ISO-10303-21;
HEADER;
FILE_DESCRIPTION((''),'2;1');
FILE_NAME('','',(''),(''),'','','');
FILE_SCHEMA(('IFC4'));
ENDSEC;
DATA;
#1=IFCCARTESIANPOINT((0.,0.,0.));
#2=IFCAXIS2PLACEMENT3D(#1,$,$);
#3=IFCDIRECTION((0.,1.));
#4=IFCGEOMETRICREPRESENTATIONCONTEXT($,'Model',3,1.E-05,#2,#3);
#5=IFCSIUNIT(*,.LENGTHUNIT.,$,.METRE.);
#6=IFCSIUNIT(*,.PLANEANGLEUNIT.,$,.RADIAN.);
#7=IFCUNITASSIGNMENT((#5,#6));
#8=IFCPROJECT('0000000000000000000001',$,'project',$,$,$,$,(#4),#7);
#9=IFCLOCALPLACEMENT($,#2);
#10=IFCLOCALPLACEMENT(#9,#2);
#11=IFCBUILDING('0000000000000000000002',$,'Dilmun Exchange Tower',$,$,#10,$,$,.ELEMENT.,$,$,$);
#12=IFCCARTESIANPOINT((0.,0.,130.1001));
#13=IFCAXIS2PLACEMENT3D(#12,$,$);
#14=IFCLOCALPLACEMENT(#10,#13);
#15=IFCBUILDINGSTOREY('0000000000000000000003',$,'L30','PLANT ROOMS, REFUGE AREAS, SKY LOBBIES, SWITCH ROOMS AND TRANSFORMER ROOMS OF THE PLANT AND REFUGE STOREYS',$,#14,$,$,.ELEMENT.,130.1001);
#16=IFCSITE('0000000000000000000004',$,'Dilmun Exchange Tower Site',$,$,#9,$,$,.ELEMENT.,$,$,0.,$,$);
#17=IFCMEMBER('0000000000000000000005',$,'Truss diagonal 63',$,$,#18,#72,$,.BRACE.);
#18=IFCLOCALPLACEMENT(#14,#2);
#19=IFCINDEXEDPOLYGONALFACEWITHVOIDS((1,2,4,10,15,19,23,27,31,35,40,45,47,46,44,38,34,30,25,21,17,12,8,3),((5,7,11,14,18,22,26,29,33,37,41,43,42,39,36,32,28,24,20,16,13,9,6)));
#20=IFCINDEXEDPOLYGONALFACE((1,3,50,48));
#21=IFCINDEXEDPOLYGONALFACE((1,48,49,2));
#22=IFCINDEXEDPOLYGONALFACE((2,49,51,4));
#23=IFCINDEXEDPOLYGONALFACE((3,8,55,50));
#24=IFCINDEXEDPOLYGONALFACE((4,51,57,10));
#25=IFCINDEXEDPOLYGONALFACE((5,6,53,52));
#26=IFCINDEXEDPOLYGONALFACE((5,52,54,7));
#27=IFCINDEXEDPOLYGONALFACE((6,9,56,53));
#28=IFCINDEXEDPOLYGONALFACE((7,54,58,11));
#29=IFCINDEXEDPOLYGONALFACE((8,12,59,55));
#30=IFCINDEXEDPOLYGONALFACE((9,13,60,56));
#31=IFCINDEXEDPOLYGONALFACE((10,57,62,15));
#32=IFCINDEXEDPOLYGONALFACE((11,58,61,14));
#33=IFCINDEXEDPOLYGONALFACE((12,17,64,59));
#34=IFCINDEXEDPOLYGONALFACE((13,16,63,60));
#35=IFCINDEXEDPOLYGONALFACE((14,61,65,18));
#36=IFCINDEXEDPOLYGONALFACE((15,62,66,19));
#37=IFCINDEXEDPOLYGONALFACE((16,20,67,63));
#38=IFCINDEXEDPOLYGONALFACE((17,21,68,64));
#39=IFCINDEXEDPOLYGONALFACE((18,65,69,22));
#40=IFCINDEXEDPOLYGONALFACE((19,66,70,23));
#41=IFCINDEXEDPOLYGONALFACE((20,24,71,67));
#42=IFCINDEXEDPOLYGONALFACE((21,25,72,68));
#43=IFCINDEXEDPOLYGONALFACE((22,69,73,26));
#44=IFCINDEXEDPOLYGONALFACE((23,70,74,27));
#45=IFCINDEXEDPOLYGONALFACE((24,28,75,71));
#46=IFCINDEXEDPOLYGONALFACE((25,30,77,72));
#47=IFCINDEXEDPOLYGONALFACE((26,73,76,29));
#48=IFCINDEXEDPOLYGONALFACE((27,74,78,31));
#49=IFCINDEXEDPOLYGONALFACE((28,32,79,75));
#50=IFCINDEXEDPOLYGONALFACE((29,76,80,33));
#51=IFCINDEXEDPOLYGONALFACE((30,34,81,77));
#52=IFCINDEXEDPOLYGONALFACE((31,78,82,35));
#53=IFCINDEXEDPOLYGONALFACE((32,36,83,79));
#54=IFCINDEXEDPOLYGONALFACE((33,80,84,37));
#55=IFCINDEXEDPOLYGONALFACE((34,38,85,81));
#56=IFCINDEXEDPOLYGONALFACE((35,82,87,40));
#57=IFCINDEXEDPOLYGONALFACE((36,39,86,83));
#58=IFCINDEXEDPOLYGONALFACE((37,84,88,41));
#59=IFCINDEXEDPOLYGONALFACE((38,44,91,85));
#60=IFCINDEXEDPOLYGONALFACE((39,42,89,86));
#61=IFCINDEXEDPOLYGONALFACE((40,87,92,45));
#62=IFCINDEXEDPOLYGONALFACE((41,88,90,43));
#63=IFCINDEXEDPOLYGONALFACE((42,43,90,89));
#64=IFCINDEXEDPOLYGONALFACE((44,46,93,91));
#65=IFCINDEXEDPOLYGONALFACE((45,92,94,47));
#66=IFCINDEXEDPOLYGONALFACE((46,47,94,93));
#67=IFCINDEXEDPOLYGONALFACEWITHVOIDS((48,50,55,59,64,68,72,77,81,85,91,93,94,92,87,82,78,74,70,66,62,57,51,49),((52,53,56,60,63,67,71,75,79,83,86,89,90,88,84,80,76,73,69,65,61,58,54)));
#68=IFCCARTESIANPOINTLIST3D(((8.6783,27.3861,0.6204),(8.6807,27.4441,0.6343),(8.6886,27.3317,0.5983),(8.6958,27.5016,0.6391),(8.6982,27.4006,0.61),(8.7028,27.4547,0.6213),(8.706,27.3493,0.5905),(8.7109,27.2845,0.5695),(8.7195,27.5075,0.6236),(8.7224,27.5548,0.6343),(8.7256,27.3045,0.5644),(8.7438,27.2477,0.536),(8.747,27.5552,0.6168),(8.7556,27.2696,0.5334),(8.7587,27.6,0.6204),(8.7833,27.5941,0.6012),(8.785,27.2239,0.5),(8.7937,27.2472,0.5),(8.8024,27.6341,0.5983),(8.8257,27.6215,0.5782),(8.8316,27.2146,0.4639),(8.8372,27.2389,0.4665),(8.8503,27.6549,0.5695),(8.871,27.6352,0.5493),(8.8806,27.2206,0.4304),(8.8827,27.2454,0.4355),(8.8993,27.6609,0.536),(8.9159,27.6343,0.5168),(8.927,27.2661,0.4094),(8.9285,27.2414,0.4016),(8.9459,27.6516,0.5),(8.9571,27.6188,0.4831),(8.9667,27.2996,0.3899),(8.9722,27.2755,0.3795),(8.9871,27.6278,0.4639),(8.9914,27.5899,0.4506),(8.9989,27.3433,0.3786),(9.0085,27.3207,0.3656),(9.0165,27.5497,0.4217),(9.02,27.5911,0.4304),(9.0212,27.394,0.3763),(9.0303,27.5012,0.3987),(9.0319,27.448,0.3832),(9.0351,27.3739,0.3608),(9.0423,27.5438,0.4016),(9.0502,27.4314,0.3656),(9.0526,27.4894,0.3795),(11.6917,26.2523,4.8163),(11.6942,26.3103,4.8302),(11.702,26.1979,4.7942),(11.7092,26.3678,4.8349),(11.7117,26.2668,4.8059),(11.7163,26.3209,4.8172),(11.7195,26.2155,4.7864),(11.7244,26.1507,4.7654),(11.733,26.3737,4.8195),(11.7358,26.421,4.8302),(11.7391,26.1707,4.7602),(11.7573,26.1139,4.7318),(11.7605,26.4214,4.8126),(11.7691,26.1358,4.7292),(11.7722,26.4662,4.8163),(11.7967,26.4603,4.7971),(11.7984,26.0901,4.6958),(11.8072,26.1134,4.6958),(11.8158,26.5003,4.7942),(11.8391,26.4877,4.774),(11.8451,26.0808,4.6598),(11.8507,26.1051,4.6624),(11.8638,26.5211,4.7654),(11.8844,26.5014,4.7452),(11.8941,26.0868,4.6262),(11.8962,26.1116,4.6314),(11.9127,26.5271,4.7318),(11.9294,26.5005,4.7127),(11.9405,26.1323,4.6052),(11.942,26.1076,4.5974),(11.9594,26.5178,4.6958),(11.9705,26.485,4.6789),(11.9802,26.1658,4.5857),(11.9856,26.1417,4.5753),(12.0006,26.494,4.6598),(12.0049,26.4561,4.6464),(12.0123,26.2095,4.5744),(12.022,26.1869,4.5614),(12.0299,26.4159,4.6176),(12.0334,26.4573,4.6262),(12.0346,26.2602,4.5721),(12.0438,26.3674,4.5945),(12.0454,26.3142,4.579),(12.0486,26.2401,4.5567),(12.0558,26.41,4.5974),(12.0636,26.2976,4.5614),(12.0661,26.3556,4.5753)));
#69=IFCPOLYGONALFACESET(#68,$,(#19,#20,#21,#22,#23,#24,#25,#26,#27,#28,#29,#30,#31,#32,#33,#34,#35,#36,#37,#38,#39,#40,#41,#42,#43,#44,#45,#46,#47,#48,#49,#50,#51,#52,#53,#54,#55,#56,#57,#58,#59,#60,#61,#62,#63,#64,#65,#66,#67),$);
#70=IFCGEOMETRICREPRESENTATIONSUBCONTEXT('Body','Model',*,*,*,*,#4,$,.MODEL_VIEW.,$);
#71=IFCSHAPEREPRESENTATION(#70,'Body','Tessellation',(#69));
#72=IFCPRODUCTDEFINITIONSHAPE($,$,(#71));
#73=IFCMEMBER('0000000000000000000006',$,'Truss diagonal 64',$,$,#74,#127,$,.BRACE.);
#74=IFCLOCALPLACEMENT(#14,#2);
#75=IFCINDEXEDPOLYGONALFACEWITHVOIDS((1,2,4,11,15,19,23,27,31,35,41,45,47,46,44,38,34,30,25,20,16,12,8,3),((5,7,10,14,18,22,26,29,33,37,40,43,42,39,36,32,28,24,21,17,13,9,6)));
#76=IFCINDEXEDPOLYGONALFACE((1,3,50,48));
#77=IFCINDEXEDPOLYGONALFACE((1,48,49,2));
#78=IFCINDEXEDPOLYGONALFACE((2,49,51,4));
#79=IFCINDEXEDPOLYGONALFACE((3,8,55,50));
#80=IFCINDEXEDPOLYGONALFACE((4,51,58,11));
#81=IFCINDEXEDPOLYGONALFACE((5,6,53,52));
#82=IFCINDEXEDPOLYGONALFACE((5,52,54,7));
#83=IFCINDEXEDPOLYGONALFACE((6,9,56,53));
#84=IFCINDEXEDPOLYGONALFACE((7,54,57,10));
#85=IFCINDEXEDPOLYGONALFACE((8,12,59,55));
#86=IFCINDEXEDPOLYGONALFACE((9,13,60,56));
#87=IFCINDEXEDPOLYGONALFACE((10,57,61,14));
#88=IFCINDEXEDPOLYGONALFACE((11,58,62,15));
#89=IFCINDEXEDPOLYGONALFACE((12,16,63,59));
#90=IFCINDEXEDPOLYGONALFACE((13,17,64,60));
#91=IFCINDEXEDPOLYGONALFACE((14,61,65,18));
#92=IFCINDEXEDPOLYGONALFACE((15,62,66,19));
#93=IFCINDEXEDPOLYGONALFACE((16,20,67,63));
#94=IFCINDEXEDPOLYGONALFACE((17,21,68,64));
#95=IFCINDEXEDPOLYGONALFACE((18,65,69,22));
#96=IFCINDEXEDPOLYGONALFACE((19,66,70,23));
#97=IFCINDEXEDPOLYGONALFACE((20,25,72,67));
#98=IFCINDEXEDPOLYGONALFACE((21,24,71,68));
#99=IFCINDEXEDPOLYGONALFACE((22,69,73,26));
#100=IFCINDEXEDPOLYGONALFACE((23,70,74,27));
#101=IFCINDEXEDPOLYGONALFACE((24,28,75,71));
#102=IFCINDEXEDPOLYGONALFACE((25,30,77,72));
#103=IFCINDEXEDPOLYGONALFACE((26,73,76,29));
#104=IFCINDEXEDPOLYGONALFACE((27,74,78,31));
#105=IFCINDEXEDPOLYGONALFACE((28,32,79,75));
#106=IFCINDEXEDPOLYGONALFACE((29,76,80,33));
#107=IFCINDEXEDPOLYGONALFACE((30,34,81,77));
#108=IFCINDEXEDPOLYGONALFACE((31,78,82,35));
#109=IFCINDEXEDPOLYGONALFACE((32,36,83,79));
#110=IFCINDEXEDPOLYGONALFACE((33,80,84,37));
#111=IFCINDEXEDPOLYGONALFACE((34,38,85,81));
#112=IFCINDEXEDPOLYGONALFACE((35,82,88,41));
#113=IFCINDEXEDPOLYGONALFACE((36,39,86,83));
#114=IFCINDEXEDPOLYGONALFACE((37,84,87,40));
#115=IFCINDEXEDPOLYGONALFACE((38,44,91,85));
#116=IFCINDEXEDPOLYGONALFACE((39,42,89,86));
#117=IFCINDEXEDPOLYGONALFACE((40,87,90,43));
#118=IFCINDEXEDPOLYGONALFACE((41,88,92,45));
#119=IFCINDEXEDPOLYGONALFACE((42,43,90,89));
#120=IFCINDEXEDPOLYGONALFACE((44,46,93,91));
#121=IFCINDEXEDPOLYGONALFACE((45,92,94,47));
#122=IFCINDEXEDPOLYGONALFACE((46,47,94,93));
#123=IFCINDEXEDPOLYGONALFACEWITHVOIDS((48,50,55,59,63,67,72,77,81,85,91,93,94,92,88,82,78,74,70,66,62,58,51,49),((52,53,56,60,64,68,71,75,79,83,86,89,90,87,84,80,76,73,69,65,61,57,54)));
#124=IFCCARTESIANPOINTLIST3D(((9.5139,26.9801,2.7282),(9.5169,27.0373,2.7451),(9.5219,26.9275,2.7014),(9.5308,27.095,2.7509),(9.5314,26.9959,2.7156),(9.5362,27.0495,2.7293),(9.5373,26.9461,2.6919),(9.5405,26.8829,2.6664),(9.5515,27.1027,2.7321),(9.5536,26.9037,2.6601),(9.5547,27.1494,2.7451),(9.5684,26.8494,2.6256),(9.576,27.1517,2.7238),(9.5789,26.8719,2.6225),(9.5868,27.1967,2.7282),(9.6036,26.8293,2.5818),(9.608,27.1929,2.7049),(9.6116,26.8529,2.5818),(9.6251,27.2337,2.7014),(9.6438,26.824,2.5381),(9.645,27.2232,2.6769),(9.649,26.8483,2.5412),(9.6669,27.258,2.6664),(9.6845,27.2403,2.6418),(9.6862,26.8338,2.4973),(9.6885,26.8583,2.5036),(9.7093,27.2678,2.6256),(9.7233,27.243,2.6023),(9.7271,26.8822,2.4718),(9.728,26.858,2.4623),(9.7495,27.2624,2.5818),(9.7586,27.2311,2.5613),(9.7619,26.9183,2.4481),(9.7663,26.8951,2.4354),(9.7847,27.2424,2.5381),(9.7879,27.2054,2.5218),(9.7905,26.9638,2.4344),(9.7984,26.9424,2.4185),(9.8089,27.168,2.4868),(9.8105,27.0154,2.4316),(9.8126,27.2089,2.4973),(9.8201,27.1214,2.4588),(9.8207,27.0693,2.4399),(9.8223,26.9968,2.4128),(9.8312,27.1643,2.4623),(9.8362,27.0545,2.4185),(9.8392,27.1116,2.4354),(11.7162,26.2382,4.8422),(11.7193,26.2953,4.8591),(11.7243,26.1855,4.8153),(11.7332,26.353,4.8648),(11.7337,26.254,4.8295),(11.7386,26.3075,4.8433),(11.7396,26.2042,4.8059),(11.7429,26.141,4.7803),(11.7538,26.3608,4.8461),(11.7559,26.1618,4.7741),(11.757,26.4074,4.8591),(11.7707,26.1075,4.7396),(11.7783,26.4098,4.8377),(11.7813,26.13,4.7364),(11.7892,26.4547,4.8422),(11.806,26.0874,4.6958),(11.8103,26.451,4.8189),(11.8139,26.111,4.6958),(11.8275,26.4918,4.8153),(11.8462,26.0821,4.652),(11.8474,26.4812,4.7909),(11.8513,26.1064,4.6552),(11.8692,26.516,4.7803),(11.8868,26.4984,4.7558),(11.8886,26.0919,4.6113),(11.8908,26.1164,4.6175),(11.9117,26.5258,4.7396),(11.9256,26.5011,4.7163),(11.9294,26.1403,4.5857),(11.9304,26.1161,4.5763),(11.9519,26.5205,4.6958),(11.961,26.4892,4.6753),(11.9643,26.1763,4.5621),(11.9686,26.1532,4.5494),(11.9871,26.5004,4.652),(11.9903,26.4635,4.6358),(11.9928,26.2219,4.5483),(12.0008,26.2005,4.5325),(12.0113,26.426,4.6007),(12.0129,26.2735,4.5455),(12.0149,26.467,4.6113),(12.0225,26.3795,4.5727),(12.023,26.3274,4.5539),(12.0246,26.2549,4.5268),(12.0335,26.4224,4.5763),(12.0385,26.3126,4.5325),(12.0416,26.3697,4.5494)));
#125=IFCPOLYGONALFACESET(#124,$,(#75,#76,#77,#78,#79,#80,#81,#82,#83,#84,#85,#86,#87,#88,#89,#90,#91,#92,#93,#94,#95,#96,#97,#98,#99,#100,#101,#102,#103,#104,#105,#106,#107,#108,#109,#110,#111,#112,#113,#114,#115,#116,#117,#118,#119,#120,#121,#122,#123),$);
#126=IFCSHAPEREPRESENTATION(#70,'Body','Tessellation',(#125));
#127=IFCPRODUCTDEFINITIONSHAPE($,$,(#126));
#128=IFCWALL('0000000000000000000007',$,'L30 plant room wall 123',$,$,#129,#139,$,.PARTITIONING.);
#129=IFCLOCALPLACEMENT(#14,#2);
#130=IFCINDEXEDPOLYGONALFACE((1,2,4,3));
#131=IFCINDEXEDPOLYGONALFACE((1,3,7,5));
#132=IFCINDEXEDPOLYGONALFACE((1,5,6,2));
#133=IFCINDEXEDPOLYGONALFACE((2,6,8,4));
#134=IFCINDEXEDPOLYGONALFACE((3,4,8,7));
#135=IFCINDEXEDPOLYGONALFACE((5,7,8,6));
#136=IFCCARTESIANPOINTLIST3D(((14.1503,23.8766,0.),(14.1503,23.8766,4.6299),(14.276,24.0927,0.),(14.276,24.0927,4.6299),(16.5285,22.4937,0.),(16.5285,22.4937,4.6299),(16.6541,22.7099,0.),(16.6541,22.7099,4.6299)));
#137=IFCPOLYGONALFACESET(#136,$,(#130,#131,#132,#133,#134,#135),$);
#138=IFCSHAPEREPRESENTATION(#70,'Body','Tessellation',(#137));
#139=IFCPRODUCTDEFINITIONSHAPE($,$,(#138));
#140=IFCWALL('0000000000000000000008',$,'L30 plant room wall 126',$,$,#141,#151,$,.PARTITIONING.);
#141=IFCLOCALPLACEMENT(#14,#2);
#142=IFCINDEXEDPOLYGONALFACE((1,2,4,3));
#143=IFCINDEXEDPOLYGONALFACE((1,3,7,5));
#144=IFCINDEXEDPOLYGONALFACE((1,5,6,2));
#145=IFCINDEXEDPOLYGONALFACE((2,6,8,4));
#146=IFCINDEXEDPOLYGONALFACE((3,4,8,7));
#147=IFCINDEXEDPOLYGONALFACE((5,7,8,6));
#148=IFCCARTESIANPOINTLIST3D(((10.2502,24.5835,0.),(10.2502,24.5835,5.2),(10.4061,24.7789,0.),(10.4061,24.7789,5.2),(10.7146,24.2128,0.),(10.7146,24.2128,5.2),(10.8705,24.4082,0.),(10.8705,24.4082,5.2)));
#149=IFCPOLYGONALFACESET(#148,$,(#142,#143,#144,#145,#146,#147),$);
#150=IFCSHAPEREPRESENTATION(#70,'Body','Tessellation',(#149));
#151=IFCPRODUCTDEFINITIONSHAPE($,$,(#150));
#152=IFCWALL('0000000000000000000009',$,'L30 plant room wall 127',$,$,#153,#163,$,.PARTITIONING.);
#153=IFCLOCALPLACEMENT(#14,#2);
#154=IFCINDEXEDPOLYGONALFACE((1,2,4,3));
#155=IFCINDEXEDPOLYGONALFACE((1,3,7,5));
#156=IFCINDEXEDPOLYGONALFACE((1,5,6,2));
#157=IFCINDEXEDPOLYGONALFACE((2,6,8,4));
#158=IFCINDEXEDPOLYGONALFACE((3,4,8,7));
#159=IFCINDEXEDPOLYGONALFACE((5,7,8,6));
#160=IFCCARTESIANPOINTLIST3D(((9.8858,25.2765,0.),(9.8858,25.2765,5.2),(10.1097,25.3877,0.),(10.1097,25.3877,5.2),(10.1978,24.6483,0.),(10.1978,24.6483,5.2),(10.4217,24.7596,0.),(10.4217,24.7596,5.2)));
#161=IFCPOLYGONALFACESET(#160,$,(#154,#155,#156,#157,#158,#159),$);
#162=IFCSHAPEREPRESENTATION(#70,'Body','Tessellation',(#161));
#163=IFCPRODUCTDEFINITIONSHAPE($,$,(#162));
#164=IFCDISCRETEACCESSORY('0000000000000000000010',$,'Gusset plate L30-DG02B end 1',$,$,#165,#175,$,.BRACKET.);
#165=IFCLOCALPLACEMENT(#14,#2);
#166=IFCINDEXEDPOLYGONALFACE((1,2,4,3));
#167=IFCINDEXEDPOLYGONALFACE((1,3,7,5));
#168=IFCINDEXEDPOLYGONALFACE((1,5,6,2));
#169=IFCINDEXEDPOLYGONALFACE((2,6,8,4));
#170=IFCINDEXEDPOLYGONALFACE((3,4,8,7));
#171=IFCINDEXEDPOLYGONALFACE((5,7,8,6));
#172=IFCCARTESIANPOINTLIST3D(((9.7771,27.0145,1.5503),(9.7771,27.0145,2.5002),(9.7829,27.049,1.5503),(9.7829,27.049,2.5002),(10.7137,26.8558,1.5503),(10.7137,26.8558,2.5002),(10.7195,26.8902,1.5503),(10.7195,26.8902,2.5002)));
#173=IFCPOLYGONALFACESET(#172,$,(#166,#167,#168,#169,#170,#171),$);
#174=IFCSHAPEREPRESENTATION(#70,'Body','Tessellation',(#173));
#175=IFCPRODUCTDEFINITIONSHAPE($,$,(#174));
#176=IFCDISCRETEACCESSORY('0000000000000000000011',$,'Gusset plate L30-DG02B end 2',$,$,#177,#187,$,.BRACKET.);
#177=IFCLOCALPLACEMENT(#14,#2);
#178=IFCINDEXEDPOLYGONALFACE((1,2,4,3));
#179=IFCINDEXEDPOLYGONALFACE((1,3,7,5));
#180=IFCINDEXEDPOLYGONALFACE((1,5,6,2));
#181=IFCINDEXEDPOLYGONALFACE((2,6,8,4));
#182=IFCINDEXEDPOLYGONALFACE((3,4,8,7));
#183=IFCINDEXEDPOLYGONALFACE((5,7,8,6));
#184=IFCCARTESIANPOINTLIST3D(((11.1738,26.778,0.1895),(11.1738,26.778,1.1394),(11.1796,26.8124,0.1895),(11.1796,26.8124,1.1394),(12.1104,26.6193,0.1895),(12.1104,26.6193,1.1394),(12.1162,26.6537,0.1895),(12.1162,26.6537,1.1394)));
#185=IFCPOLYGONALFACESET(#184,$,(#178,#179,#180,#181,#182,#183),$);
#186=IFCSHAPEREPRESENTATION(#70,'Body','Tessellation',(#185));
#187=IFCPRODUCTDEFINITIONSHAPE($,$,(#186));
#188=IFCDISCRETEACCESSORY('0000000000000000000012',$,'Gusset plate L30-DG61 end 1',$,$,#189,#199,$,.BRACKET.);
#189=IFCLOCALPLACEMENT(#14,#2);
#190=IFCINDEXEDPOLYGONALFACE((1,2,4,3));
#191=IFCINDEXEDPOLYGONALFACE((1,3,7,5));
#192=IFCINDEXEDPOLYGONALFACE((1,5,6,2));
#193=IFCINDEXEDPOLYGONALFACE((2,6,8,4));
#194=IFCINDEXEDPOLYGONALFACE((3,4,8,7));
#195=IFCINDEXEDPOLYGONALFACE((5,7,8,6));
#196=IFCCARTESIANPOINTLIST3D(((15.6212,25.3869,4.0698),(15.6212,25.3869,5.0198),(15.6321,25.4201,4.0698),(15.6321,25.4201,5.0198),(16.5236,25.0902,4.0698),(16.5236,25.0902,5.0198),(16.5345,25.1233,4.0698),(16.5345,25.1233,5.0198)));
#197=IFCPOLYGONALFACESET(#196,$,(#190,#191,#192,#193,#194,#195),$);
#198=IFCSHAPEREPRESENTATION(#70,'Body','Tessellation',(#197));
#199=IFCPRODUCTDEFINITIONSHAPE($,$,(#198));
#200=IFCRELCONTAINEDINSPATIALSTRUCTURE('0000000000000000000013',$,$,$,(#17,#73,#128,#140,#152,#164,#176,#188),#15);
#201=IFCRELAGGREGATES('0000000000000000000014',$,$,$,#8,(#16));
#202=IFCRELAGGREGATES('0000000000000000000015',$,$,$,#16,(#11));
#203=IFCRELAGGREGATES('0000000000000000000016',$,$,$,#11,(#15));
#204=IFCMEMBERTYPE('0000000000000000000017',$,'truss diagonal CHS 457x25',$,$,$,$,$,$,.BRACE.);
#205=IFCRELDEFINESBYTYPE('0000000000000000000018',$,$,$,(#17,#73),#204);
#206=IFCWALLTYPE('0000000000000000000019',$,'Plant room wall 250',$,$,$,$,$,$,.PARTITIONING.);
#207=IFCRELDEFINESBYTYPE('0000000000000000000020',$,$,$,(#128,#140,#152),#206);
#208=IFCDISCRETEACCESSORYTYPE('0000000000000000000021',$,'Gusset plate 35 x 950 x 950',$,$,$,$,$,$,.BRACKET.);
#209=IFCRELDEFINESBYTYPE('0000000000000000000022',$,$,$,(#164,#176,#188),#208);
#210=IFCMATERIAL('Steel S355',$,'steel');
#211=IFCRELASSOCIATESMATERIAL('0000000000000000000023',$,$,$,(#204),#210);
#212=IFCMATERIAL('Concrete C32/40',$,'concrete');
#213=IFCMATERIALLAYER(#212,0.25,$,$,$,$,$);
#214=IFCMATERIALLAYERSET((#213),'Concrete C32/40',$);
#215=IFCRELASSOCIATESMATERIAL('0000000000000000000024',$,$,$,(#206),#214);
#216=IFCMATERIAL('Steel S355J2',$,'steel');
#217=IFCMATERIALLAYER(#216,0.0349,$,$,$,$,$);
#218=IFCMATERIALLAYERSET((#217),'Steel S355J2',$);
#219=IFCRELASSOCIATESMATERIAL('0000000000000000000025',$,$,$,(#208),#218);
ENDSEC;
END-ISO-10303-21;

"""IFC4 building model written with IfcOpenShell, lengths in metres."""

from ifc_helpers import new_model, si_unit, direction, frame, frame_2d, origin, origin_2d, place, context, subcontext, project, spatial, rectangle, hollow_circle, extrude, material, layer, layer_set, material_profile, profile_set, type_object, element, save


model = new_model("IFC4")

# Units and contexts
model_context = context("Model", 3, precision=1e-05, world=origin(), true_north=direction((0.0, 1.0)))
body_context = subcontext(model_context, "Body", "Model", "MODEL_VIEW")
ifc_project = project(units=[si_unit("LENGTHUNIT", "METRE"), si_unit("PLANEANGLEUNIT", "RADIAN")], contexts=[model_context])

# Site, building, storey
site_placement = place(None, origin())
site = spatial("IfcSite", under=ifc_project, at=site_placement, Name="Dilmun Exchange Tower Site", CompositionType="ELEMENT", RefElevation=0.0)
building_placement = place(site_placement, origin())
building = spatial("IfcBuilding", under=site, at=building_placement, Name="Dilmun Exchange Tower", CompositionType="ELEMENT")
storey_placement = place(building_placement, frame((0.0, 0.0, 130.1001)))
storey = spatial("IfcBuildingStorey", under=building, at=storey_placement, Name="L30", Description="PLANT ROOMS, REFUGE AREAS, SKY LOBBIES, SWITCH ROOMS AND TRANSFORMER ROOMS OF THE PLANT AND REFUGE STOREYS", CompositionType="ELEMENT", Elevation=130.1001)

# Shared definitions
ifc_material_1 = material(Name="Steel S355", Category="steel")

# Members
ifc_material_profile_1 = material_profile(ifc_material_1, hollow_circle(Radius=0.2285, WallThickness=0.0249, at=origin_2d()), Name="CHS 457x25")
ifc_profile_set_1 = profile_set([ifc_material_profile_1], Name="Steel S355")
member_type = type_object("IfcMemberType", Name="truss diagonal CHS 457x25", PredefinedType="BRACE", material=ifc_profile_set_1)
member_1_placement = place(storey_placement, frame((11.8789, 26.304, 4.6958), z_axis=(-0.56978, 0.214377, -0.793343), x_axis=(-0.352145, -0.935945, 0.0)))
element("IfcMember", 1, at=member_1_placement, inside=storey, type_object=member_type, Name="Truss diagonal 63", PredefinedType="BRACE", context=body_context, shape_type="SweptSolid", body=[
    extrude(hollow_circle(Radius=0.2285, WallThickness=0.0249, at=origin_2d()), origin(), (0.0, 0.0, 1.0), 5.2888),
])
member_2_placement = place(storey_placement, frame((11.8789, 26.304, 4.6958), z_axis=(-0.701027, 0.236162, -0.672896), x_axis=(-0.319252, -0.94767, 0.0)))
element("IfcMember", 2, at=member_2_placement, inside=storey, type_object=member_type, Name="Truss diagonal 64", PredefinedType="BRACE", context=body_context, shape_type="SweptSolid", body=[
    extrude(hollow_circle(Radius=0.2285, WallThickness=0.0249, at=origin_2d()), origin(), (0.0, 0.0, 1.0), 3.1416),
])

# Walls
ifc_material_2 = material(Name="Concrete C32/40", Category="concrete")
ifc_layer_1 = layer(ifc_material_2, 0.25)
ifc_layer_set_1 = layer_set([ifc_layer_1], Name="Concrete C32/40")
wall_type = type_object("IfcWallType", Name="Plant room wall 250", PredefinedType="PARTITIONING", material=ifc_layer_set_1)
wall_1_placement = place(storey_placement, frame((14.2131, 23.9846, 0.0), z_axis=(0.0, 0.0, 1.0), x_axis=(0.864483, -0.502662, 0.0)))
element("IfcWall", 3, at=wall_1_placement, inside=storey, type_object=wall_type, Name="L30 plant room wall 123", PredefinedType="PARTITIONING", context=body_context, shape_type="SweptSolid", body=[
    extrude(rectangle(XDim=2.751, YDim=0.25, at=frame_2d((1.3755, 0.0))), origin(), (0.0, 0.0, 1.0), 4.6299),
])
wall_2_placement = place(storey_placement, frame((10.3281, 24.6812, 0.0), z_axis=(0.0, 0.0, 1.0), x_axis=(0.78159, -0.623793, 0.0)))
element("IfcWall", 4, at=wall_2_placement, inside=storey, type_object=wall_type, Name="L30 plant room wall 126", PredefinedType="PARTITIONING", context=body_context, shape_type="SweptSolid", body=[
    extrude(rectangle(XDim=0.5942, YDim=0.25, at=frame_2d((0.2971, 0.0))), origin(), (0.0, 0.0, 1.0), 5.2),
])
wall_3_placement = place(storey_placement, frame((9.9978, 25.332, 0.0), z_axis=(0.0, 0.0, 1.0), x_axis=(0.444845, -0.895608, 0.0)))
element("IfcWall", 5, at=wall_3_placement, inside=storey, type_object=wall_type, Name="L30 plant room wall 127", PredefinedType="PARTITIONING", context=body_context, shape_type="SweptSolid", body=[
    extrude(rectangle(XDim=0.7014, YDim=0.25, at=frame_2d((0.3506, 0.0))), origin(), (0.0, 0.0, 1.0), 5.2),
])

# Discrete accessories
ifc_material_3 = material(Name="Steel S355J2", Category="steel")
ifc_layer_2 = layer(ifc_material_3, 0.0349)
ifc_layer_set_2 = layer_set([ifc_layer_2], Name="Steel S355J2")
discrete_accessory_type = type_object("IfcDiscreteAccessoryType", Name="Gusset plate 35 x 950 x 950", PredefinedType="BRACKET", material=ifc_layer_set_2)
for number, where, z_axis, x_axis, name in (
    (6, (10.2483, 26.9524, 1.5503), (0.0, 0.0, 1.0), (0.985943, -0.16708, 0.0), "Gusset plate L30-DG02B end 1"),
    (7, (11.645, 26.7158, 0.1895), (0.0, 0.0, 1.0), (0.985943, -0.16708, 0.0), "Gusset plate L30-DG02B end 2"),
    (8, (16.0779, 25.2551, 4.0698), (0.0, 0.0, 1.0), (-0.949944, 0.312419, 0.0), "Gusset plate L30-DG61 end 1"),
):
    element("IfcDiscreteAccessory", number, at=place(storey_placement, frame(where, z_axis=z_axis, x_axis=x_axis)), inside=storey, type_object=discrete_accessory_type, Name=name, PredefinedType="BRACKET", context=body_context, shape_type="SweptSolid", body=[
        extrude(rectangle(XDim=0.95, YDim=0.0349, at=origin_2d()), origin(), (0.0, 0.0, 1.0), 0.95),
    ])

save(model, "model.ifc")
